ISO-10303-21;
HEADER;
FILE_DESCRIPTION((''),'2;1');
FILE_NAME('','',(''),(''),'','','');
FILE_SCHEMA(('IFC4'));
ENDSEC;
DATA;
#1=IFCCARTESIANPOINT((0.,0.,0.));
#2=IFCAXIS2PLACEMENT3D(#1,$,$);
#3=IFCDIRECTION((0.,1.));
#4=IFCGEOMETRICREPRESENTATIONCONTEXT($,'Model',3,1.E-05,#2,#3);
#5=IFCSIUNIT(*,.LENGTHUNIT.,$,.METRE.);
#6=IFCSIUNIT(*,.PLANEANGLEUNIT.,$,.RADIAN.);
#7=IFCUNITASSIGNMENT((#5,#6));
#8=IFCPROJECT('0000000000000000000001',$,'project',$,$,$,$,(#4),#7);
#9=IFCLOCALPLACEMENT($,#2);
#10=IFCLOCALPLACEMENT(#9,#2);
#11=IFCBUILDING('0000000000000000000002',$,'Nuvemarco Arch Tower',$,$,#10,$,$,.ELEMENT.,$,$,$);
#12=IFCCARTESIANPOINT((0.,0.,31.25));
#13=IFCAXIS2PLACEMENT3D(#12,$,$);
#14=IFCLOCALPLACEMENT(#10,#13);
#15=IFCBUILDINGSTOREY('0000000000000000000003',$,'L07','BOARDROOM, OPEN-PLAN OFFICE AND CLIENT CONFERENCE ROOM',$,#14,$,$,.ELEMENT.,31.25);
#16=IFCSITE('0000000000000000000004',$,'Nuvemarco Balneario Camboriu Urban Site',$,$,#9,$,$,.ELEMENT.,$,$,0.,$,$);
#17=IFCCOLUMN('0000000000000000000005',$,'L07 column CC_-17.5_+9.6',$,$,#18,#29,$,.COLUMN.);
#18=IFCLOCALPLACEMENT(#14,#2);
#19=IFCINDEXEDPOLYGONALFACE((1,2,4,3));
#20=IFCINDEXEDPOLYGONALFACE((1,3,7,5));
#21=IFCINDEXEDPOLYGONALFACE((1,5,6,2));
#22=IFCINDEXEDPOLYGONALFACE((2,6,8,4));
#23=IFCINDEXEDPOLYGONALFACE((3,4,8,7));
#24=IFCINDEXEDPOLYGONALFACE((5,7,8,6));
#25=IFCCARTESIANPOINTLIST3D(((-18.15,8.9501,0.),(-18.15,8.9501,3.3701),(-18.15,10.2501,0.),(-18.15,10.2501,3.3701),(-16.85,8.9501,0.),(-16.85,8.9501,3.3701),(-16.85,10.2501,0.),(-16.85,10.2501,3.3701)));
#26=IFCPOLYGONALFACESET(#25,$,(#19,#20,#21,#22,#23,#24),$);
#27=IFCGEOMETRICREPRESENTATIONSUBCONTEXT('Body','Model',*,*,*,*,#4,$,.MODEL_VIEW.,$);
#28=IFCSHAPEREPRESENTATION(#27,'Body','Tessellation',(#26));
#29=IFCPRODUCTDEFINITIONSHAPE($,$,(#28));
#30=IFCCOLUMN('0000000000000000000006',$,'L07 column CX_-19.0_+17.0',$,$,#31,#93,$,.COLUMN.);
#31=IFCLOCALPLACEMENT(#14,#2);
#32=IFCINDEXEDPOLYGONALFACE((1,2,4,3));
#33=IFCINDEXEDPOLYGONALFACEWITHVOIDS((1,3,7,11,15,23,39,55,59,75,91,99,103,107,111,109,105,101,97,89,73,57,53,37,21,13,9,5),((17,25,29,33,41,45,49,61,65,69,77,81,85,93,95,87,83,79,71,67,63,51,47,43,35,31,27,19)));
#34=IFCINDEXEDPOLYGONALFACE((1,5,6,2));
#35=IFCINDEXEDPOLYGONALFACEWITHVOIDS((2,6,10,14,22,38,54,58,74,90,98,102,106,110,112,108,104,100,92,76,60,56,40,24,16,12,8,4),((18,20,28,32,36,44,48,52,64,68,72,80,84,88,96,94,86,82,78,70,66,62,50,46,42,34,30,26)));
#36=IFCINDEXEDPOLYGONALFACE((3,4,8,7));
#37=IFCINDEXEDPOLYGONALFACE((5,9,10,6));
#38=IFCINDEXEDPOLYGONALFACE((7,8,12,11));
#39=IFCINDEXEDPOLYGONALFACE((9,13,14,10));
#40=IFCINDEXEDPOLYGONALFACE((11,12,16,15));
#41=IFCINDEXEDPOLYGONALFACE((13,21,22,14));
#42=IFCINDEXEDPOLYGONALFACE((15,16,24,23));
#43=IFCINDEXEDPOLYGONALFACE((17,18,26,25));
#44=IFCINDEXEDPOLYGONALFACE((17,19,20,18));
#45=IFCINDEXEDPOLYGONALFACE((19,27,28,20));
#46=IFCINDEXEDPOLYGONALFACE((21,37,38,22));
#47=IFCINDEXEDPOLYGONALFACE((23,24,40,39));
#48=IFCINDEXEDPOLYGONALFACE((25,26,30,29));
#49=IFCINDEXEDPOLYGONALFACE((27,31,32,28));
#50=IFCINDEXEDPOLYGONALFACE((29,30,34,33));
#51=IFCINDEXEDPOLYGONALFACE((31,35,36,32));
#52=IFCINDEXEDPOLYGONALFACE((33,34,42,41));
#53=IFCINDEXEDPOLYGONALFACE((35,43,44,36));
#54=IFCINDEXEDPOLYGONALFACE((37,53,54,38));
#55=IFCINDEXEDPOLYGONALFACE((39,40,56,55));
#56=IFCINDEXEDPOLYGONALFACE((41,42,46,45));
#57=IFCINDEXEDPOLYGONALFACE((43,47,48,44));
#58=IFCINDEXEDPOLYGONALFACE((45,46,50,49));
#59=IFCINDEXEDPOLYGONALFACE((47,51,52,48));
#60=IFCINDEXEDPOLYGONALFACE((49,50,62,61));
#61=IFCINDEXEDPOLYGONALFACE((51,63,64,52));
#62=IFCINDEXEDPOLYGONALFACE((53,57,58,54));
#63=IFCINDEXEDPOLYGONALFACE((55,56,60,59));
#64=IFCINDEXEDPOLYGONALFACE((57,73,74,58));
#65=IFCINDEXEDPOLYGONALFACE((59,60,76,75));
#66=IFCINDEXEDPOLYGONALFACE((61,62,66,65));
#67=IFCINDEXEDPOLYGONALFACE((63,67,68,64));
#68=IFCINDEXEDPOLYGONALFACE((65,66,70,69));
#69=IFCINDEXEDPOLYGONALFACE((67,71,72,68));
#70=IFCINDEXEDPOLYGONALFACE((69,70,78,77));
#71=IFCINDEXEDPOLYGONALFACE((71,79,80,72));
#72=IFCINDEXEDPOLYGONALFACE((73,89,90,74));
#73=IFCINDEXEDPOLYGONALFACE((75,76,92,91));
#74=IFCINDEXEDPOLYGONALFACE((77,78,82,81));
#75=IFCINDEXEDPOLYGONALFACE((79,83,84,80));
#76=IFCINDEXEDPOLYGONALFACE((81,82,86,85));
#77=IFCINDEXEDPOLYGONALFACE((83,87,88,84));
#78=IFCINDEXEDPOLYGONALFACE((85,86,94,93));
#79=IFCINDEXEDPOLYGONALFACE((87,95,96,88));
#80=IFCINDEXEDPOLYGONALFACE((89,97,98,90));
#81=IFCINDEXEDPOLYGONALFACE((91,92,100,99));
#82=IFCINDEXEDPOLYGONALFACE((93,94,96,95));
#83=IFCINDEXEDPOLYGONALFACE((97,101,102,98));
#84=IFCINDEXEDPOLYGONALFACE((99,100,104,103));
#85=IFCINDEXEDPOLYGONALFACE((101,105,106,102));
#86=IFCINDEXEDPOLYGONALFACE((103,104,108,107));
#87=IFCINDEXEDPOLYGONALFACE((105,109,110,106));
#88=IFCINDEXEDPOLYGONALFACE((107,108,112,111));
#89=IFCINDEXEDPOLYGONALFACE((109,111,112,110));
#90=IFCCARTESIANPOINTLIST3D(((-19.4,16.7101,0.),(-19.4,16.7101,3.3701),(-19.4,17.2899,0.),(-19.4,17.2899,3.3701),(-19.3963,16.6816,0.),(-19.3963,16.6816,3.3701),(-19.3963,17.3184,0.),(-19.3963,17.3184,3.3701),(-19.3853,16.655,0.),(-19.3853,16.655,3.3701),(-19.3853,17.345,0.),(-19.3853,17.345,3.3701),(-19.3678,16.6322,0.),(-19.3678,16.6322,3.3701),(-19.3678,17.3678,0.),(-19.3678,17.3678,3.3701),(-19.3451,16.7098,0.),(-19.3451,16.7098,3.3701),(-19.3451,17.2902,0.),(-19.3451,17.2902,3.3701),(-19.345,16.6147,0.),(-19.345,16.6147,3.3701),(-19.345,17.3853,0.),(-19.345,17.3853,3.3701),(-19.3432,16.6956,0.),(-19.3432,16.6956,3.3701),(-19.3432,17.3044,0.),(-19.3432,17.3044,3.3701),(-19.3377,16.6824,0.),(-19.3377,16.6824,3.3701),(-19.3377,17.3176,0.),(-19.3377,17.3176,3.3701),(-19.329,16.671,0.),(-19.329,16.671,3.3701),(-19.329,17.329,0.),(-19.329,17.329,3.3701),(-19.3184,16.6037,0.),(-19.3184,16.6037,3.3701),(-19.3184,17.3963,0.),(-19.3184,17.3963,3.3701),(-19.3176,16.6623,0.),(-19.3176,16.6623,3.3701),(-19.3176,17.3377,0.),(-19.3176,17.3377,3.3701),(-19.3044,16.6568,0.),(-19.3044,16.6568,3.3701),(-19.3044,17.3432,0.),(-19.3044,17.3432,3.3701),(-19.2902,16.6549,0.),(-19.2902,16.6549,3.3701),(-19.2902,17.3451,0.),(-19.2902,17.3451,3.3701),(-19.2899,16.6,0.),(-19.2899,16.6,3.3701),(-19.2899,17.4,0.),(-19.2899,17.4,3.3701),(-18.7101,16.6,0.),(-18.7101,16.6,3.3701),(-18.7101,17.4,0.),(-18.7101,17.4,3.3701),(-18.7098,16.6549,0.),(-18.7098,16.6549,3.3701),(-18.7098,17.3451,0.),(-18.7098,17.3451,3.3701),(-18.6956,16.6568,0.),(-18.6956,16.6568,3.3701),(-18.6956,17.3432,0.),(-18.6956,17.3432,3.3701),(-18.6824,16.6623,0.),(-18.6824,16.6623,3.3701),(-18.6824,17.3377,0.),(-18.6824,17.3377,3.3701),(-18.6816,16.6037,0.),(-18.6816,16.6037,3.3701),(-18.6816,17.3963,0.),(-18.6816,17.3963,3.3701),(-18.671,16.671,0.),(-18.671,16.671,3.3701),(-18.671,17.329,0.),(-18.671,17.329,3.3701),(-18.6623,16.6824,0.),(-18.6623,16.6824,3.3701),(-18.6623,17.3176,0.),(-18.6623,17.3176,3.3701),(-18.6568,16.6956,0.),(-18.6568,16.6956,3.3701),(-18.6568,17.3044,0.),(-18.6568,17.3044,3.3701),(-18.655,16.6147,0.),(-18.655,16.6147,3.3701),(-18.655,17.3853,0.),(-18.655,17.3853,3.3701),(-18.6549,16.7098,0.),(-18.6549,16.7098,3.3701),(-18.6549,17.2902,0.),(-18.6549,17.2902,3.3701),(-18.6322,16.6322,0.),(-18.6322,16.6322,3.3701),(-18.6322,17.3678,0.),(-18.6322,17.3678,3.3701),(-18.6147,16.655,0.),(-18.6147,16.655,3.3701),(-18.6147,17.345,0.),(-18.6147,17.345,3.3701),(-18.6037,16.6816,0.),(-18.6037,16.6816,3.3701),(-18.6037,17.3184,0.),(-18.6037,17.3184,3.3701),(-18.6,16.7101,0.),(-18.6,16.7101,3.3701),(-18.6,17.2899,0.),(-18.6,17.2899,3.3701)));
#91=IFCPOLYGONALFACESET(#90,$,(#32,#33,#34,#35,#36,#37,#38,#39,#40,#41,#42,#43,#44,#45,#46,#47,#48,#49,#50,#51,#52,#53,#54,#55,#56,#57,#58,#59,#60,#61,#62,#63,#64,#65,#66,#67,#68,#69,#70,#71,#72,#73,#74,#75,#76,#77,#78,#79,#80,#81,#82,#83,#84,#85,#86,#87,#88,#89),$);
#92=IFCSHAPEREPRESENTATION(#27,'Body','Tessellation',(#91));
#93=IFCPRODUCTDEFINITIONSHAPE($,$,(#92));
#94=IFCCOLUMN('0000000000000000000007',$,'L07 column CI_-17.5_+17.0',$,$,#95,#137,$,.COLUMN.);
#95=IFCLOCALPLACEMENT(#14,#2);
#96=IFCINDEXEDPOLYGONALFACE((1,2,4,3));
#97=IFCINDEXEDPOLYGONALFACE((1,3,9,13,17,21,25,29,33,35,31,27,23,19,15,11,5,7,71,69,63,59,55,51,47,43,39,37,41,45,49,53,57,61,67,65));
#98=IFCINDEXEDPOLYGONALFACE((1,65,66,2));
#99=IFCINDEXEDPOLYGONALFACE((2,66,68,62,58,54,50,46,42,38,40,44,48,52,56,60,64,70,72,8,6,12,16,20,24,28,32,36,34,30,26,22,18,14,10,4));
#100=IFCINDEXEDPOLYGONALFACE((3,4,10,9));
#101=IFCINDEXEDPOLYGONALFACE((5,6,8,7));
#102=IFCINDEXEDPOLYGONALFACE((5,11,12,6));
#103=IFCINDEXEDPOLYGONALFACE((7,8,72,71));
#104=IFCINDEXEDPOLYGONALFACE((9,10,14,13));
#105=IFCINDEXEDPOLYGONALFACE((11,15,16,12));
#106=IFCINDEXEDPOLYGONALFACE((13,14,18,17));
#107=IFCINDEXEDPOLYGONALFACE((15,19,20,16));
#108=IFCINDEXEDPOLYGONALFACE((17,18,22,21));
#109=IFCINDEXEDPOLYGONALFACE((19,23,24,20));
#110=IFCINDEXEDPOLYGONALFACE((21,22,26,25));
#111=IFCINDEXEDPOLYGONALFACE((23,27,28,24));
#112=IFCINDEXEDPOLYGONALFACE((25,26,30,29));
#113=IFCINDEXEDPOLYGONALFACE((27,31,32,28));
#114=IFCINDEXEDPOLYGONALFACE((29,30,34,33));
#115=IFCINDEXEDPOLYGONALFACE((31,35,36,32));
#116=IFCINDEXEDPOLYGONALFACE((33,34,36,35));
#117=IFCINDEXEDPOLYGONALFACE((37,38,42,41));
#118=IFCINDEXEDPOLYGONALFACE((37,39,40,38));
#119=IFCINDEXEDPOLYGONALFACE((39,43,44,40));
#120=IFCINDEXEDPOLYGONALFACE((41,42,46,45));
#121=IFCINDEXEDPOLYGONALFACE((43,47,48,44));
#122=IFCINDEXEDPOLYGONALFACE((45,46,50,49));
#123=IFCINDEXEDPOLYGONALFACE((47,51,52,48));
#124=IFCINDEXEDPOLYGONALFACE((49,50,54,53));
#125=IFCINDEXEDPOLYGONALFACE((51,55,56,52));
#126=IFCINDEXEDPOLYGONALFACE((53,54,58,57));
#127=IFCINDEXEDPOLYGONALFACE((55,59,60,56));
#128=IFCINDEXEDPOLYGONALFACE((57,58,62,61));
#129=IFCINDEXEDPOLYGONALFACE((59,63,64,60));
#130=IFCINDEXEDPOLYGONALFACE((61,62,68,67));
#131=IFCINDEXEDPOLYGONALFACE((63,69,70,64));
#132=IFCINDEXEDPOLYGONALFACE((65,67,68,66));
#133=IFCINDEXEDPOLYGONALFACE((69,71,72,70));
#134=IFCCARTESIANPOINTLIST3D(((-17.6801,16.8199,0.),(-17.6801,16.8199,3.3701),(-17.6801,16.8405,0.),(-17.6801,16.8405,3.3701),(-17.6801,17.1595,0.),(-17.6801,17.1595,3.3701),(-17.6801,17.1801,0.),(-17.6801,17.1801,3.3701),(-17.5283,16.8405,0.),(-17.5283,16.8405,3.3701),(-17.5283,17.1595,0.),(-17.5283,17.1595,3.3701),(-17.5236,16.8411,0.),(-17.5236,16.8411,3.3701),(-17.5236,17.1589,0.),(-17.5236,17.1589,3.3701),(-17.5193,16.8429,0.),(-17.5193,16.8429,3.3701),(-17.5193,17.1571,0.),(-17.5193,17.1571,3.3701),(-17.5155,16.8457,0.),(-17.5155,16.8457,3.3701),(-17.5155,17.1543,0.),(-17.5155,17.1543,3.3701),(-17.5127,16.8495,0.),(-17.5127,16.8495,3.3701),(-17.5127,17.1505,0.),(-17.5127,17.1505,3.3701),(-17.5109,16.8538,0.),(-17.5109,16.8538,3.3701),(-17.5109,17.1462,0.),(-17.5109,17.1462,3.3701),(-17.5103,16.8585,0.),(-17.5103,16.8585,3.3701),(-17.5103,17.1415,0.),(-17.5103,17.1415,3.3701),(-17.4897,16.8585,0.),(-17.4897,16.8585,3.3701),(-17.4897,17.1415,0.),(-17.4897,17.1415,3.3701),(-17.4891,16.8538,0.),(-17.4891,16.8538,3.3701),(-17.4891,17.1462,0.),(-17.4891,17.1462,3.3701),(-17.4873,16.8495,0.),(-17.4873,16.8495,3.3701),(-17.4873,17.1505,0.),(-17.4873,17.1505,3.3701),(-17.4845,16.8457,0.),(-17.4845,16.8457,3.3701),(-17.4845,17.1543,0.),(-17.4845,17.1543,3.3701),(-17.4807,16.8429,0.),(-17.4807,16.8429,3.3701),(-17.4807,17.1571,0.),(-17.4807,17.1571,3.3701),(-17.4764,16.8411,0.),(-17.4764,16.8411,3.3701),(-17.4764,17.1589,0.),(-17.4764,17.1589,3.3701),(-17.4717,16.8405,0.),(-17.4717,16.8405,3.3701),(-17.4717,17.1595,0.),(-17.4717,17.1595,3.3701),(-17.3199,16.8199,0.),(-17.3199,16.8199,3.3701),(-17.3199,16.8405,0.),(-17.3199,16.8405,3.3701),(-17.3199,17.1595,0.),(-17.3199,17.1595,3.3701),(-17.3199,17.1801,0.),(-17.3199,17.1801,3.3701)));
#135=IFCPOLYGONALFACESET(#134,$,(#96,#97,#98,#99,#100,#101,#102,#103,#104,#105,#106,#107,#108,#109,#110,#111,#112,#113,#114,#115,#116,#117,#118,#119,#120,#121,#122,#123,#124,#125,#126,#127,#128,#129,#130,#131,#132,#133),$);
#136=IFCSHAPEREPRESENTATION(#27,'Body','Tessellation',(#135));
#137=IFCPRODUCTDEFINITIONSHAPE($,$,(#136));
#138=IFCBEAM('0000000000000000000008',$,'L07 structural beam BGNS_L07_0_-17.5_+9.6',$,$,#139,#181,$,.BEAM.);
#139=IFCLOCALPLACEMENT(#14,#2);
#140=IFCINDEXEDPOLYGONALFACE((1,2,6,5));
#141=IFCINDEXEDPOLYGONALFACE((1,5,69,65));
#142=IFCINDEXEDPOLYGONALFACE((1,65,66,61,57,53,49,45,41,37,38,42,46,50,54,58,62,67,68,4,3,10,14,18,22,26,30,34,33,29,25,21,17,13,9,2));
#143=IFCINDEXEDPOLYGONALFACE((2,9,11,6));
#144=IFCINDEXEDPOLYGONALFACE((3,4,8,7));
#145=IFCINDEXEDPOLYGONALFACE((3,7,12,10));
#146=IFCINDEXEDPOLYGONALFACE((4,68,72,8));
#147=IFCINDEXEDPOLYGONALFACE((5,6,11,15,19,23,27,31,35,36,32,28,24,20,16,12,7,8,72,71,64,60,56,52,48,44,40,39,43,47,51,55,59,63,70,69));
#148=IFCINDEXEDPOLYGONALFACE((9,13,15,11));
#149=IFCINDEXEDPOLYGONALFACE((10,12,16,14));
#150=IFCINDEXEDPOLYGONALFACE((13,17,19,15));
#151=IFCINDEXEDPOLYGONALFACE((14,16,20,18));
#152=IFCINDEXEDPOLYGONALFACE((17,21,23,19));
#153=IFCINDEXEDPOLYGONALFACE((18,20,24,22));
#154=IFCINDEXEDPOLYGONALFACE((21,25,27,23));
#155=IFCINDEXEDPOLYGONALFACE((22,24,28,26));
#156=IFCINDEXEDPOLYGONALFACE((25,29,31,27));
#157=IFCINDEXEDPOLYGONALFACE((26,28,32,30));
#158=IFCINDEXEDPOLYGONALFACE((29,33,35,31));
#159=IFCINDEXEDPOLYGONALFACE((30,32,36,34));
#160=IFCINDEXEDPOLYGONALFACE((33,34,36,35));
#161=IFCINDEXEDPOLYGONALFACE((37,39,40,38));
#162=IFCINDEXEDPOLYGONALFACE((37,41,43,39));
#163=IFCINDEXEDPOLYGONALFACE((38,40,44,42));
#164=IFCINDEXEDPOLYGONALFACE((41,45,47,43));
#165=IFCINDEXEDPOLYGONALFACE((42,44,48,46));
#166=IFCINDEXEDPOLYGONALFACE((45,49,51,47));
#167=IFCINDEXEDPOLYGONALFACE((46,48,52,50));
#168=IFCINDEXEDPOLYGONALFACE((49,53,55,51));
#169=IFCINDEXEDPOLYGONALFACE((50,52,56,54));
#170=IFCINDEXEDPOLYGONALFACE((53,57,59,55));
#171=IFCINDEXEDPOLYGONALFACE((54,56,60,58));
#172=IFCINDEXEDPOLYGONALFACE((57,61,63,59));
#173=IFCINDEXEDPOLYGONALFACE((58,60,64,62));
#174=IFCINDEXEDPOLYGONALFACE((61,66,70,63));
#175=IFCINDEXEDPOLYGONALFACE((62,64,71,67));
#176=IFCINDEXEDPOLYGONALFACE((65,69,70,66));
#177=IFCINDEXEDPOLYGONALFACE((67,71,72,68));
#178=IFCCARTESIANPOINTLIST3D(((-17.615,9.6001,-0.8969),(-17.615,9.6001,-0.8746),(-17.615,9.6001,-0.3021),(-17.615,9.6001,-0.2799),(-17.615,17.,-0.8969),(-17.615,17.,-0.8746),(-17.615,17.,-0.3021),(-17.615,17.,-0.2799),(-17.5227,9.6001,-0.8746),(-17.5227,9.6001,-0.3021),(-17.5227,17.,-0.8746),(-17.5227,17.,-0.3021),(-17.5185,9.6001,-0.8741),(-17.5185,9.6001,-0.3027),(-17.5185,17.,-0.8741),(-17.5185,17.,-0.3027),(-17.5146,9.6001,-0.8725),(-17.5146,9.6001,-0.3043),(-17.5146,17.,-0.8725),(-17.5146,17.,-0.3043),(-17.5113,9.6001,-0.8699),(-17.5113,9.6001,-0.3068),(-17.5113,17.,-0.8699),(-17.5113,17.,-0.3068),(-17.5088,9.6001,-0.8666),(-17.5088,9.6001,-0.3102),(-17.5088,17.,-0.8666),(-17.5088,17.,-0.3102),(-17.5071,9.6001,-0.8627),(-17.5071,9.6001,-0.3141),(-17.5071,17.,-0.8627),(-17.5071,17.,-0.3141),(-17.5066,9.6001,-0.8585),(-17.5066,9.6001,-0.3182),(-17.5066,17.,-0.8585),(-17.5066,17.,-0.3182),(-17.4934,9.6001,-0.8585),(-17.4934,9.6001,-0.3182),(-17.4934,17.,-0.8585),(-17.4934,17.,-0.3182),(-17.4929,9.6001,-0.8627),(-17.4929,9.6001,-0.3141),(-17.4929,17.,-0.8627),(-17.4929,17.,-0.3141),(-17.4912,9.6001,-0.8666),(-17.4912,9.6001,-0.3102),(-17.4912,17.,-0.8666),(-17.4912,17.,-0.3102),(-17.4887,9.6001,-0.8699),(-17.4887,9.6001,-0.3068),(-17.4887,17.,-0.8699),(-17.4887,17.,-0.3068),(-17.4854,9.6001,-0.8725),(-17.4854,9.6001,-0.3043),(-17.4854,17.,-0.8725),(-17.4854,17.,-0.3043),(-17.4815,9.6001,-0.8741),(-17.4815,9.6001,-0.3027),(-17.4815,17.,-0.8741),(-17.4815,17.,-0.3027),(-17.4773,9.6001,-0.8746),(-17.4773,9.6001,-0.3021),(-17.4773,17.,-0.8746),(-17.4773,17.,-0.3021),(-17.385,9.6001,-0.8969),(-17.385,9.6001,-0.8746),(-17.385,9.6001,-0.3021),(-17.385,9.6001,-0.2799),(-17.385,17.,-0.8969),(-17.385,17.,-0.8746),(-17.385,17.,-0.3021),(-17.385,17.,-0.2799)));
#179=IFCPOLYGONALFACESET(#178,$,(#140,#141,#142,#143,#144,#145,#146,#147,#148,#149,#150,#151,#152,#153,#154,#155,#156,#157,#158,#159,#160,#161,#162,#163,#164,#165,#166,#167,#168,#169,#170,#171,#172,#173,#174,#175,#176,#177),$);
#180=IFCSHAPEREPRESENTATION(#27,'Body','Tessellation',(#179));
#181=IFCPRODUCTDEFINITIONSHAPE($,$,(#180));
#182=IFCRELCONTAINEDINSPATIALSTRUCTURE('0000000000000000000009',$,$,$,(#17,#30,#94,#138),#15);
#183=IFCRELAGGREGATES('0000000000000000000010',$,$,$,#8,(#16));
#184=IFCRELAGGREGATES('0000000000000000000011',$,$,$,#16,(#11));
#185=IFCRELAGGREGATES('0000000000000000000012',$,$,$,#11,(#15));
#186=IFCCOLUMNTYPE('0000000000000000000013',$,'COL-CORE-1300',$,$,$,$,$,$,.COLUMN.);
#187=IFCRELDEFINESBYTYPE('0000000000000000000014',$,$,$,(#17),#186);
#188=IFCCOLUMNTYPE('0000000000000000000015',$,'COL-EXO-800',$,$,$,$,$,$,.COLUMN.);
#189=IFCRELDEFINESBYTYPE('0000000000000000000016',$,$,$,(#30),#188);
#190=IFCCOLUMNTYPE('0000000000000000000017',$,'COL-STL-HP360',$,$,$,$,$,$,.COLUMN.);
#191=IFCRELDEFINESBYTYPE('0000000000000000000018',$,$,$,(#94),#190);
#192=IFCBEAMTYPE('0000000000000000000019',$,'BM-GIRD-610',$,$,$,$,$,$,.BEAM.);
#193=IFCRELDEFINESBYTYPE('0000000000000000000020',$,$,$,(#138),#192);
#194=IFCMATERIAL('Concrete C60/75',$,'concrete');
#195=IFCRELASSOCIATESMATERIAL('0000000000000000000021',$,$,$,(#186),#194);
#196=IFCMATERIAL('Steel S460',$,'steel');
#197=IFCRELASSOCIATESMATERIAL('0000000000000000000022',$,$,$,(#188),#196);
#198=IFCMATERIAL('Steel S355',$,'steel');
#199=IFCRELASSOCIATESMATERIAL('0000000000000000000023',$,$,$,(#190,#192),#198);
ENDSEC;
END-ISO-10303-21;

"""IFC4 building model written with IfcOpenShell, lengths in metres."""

from ifc_helpers import new_model, si_unit, direction, frame, origin, origin_2d, place, context, subcontext, project, spatial, rectangle, hollow_rectangle, i_section, extrude, material, material_profile, profile_set, type_object, element, save


model = new_model("IFC4")

# Units and contexts
model_context = context("Model", 3, precision=1e-05, world=origin(), true_north=direction((0.0, 1.0)))
body_context = subcontext(model_context, "Body", "Model", "MODEL_VIEW")
ifc_project = project(units=[si_unit("LENGTHUNIT", "METRE"), si_unit("PLANEANGLEUNIT", "RADIAN")], contexts=[model_context])

# Site, building, storey
site_placement = place(None, origin())
site = spatial("IfcSite", under=ifc_project, at=site_placement, Name="Nuvemarco Balneario Camboriu Urban Site", CompositionType="ELEMENT", RefElevation=0.0)
building_placement = place(site_placement, origin())
building = spatial("IfcBuilding", under=site, at=building_placement, Name="Nuvemarco Arch Tower", CompositionType="ELEMENT")
storey_placement = place(building_placement, frame((0.0, 0.0, 31.25)))
storey = spatial("IfcBuildingStorey", under=building, at=storey_placement, Name="L07", Description="BOARDROOM, OPEN-PLAN OFFICE AND CLIENT CONFERENCE ROOM", CompositionType="ELEMENT", Elevation=31.25)

# Columns
ifc_material_1 = material(Name="Concrete C60/75", Category="concrete")
ifc_material_profile_1 = material_profile(ifc_material_1, rectangle(XDim=1.3, YDim=1.3, at=origin_2d()), Name="RC-COL-1300x1300")
ifc_profile_set_1 = profile_set([ifc_material_profile_1], Name="Concrete C60/75")
column_type_1 = type_object("IfcColumnType", Name="COL-CORE-1300", PredefinedType="COLUMN", material=ifc_profile_set_1)
column_1_placement = place(storey_placement, frame((-17.5, 9.6001, 0.0), z_axis=(0.0, 0.0, 1.0), x_axis=(1.0, 0.0, 0.0)))
element("IfcColumn", 1, at=column_1_placement, inside=storey, type_object=column_type_1, Name="L07 column CC_-17.5_+9.6", PredefinedType="COLUMN", context=body_context, shape_type="SweptSolid", body=[
    extrude(rectangle(XDim=1.3, YDim=1.3, at=origin_2d()), origin(), (0.0, 0.0, 1.0), 3.3701),
])
ifc_material_2 = material(Name="Steel S460", Category="steel")
ifc_material_profile_2 = material_profile(ifc_material_2, hollow_rectangle(XDim=0.8, YDim=0.8, WallThickness=0.0549, InnerFilletRadius=0.0549, OuterFilletRadius=0.1101, at=origin_2d()), Name="SHS800x800x55")
ifc_profile_set_2 = profile_set([ifc_material_profile_2], Name="Steel S460")
column_type_2 = type_object("IfcColumnType", Name="COL-EXO-800", PredefinedType="COLUMN", material=ifc_profile_set_2)
column_2_placement = place(storey_placement, frame((-19.0, 17.0, 0.0), z_axis=(0.0, 0.0, 1.0), x_axis=(1.0, 0.0, 0.0)))
element("IfcColumn", 2, at=column_2_placement, inside=storey, type_object=column_type_2, Name="L07 column CX_-19.0_+17.0", PredefinedType="COLUMN", context=body_context, shape_type="SweptSolid", body=[
    extrude(hollow_rectangle(XDim=0.8, YDim=0.8, WallThickness=0.0549, InnerFilletRadius=0.0549, OuterFilletRadius=0.1101, at=origin_2d()), origin(), (0.0, 0.0, 1.0), 3.3701),
])
ifc_material_3 = material(Name="Steel S355", Category="steel")
ifc_material_profile_3 = material_profile(ifc_material_3, i_section(OverallWidth=0.3601, OverallDepth=0.3601, WebThickness=0.0205, FlangeThickness=0.0205, FilletRadius=0.0181, at=origin_2d()), Name="HP360x174")
ifc_profile_set_3 = profile_set([ifc_material_profile_3], Name="Steel S355")
column_type_3 = type_object("IfcColumnType", Name="COL-STL-HP360", PredefinedType="COLUMN", material=ifc_profile_set_3)
column_3_placement = place(storey_placement, frame((-17.5, 17.0, 0.0), z_axis=(0.0, 0.0, 1.0), x_axis=(1.0, 0.0, 0.0)))
element("IfcColumn", 3, at=column_3_placement, inside=storey, type_object=column_type_3, Name="L07 column CI_-17.5_+17.0", PredefinedType="COLUMN", context=body_context, shape_type="SweptSolid", body=[
    extrude(i_section(OverallWidth=0.3601, OverallDepth=0.3601, WebThickness=0.0205, FlangeThickness=0.0205, FilletRadius=0.0181, at=origin_2d()), origin(), (0.0, 0.0, 1.0), 3.3701),
])

# Beam
ifc_material_profile_4 = material_profile(ifc_material_3, i_section(OverallWidth=0.23, OverallDepth=0.6169, WebThickness=0.0132, FlangeThickness=0.0222, FilletRadius=0.0161, at=origin_2d()), Name="W610x140")
ifc_profile_set_4 = profile_set([ifc_material_profile_4], Name="Steel S355")
beam_type_1 = type_object("IfcBeamType", Name="BM-GIRD-610", PredefinedType="BEAM", material=ifc_profile_set_4)
beam_1_placement = place(storey_placement, frame((-17.5, 9.6001, -0.5884), z_axis=(0.0, 1.0, 0.0), x_axis=(-1.0, 0.0, 0.0)))
element("IfcBeam", 4, at=beam_1_placement, inside=storey, type_object=beam_type_1, Name="L07 structural beam BGNS_L07_0_-17.5_+9.6", PredefinedType="BEAM", context=body_context, shape_type="SweptSolid", body=[
    extrude(i_section(OverallWidth=0.23, OverallDepth=0.6169, WebThickness=0.0132, FlangeThickness=0.0222, FilletRadius=0.0161, at=origin_2d()), origin(), (0.0, 0.0, 1.0), 7.3999),
])

save(model, "model.ifc")
